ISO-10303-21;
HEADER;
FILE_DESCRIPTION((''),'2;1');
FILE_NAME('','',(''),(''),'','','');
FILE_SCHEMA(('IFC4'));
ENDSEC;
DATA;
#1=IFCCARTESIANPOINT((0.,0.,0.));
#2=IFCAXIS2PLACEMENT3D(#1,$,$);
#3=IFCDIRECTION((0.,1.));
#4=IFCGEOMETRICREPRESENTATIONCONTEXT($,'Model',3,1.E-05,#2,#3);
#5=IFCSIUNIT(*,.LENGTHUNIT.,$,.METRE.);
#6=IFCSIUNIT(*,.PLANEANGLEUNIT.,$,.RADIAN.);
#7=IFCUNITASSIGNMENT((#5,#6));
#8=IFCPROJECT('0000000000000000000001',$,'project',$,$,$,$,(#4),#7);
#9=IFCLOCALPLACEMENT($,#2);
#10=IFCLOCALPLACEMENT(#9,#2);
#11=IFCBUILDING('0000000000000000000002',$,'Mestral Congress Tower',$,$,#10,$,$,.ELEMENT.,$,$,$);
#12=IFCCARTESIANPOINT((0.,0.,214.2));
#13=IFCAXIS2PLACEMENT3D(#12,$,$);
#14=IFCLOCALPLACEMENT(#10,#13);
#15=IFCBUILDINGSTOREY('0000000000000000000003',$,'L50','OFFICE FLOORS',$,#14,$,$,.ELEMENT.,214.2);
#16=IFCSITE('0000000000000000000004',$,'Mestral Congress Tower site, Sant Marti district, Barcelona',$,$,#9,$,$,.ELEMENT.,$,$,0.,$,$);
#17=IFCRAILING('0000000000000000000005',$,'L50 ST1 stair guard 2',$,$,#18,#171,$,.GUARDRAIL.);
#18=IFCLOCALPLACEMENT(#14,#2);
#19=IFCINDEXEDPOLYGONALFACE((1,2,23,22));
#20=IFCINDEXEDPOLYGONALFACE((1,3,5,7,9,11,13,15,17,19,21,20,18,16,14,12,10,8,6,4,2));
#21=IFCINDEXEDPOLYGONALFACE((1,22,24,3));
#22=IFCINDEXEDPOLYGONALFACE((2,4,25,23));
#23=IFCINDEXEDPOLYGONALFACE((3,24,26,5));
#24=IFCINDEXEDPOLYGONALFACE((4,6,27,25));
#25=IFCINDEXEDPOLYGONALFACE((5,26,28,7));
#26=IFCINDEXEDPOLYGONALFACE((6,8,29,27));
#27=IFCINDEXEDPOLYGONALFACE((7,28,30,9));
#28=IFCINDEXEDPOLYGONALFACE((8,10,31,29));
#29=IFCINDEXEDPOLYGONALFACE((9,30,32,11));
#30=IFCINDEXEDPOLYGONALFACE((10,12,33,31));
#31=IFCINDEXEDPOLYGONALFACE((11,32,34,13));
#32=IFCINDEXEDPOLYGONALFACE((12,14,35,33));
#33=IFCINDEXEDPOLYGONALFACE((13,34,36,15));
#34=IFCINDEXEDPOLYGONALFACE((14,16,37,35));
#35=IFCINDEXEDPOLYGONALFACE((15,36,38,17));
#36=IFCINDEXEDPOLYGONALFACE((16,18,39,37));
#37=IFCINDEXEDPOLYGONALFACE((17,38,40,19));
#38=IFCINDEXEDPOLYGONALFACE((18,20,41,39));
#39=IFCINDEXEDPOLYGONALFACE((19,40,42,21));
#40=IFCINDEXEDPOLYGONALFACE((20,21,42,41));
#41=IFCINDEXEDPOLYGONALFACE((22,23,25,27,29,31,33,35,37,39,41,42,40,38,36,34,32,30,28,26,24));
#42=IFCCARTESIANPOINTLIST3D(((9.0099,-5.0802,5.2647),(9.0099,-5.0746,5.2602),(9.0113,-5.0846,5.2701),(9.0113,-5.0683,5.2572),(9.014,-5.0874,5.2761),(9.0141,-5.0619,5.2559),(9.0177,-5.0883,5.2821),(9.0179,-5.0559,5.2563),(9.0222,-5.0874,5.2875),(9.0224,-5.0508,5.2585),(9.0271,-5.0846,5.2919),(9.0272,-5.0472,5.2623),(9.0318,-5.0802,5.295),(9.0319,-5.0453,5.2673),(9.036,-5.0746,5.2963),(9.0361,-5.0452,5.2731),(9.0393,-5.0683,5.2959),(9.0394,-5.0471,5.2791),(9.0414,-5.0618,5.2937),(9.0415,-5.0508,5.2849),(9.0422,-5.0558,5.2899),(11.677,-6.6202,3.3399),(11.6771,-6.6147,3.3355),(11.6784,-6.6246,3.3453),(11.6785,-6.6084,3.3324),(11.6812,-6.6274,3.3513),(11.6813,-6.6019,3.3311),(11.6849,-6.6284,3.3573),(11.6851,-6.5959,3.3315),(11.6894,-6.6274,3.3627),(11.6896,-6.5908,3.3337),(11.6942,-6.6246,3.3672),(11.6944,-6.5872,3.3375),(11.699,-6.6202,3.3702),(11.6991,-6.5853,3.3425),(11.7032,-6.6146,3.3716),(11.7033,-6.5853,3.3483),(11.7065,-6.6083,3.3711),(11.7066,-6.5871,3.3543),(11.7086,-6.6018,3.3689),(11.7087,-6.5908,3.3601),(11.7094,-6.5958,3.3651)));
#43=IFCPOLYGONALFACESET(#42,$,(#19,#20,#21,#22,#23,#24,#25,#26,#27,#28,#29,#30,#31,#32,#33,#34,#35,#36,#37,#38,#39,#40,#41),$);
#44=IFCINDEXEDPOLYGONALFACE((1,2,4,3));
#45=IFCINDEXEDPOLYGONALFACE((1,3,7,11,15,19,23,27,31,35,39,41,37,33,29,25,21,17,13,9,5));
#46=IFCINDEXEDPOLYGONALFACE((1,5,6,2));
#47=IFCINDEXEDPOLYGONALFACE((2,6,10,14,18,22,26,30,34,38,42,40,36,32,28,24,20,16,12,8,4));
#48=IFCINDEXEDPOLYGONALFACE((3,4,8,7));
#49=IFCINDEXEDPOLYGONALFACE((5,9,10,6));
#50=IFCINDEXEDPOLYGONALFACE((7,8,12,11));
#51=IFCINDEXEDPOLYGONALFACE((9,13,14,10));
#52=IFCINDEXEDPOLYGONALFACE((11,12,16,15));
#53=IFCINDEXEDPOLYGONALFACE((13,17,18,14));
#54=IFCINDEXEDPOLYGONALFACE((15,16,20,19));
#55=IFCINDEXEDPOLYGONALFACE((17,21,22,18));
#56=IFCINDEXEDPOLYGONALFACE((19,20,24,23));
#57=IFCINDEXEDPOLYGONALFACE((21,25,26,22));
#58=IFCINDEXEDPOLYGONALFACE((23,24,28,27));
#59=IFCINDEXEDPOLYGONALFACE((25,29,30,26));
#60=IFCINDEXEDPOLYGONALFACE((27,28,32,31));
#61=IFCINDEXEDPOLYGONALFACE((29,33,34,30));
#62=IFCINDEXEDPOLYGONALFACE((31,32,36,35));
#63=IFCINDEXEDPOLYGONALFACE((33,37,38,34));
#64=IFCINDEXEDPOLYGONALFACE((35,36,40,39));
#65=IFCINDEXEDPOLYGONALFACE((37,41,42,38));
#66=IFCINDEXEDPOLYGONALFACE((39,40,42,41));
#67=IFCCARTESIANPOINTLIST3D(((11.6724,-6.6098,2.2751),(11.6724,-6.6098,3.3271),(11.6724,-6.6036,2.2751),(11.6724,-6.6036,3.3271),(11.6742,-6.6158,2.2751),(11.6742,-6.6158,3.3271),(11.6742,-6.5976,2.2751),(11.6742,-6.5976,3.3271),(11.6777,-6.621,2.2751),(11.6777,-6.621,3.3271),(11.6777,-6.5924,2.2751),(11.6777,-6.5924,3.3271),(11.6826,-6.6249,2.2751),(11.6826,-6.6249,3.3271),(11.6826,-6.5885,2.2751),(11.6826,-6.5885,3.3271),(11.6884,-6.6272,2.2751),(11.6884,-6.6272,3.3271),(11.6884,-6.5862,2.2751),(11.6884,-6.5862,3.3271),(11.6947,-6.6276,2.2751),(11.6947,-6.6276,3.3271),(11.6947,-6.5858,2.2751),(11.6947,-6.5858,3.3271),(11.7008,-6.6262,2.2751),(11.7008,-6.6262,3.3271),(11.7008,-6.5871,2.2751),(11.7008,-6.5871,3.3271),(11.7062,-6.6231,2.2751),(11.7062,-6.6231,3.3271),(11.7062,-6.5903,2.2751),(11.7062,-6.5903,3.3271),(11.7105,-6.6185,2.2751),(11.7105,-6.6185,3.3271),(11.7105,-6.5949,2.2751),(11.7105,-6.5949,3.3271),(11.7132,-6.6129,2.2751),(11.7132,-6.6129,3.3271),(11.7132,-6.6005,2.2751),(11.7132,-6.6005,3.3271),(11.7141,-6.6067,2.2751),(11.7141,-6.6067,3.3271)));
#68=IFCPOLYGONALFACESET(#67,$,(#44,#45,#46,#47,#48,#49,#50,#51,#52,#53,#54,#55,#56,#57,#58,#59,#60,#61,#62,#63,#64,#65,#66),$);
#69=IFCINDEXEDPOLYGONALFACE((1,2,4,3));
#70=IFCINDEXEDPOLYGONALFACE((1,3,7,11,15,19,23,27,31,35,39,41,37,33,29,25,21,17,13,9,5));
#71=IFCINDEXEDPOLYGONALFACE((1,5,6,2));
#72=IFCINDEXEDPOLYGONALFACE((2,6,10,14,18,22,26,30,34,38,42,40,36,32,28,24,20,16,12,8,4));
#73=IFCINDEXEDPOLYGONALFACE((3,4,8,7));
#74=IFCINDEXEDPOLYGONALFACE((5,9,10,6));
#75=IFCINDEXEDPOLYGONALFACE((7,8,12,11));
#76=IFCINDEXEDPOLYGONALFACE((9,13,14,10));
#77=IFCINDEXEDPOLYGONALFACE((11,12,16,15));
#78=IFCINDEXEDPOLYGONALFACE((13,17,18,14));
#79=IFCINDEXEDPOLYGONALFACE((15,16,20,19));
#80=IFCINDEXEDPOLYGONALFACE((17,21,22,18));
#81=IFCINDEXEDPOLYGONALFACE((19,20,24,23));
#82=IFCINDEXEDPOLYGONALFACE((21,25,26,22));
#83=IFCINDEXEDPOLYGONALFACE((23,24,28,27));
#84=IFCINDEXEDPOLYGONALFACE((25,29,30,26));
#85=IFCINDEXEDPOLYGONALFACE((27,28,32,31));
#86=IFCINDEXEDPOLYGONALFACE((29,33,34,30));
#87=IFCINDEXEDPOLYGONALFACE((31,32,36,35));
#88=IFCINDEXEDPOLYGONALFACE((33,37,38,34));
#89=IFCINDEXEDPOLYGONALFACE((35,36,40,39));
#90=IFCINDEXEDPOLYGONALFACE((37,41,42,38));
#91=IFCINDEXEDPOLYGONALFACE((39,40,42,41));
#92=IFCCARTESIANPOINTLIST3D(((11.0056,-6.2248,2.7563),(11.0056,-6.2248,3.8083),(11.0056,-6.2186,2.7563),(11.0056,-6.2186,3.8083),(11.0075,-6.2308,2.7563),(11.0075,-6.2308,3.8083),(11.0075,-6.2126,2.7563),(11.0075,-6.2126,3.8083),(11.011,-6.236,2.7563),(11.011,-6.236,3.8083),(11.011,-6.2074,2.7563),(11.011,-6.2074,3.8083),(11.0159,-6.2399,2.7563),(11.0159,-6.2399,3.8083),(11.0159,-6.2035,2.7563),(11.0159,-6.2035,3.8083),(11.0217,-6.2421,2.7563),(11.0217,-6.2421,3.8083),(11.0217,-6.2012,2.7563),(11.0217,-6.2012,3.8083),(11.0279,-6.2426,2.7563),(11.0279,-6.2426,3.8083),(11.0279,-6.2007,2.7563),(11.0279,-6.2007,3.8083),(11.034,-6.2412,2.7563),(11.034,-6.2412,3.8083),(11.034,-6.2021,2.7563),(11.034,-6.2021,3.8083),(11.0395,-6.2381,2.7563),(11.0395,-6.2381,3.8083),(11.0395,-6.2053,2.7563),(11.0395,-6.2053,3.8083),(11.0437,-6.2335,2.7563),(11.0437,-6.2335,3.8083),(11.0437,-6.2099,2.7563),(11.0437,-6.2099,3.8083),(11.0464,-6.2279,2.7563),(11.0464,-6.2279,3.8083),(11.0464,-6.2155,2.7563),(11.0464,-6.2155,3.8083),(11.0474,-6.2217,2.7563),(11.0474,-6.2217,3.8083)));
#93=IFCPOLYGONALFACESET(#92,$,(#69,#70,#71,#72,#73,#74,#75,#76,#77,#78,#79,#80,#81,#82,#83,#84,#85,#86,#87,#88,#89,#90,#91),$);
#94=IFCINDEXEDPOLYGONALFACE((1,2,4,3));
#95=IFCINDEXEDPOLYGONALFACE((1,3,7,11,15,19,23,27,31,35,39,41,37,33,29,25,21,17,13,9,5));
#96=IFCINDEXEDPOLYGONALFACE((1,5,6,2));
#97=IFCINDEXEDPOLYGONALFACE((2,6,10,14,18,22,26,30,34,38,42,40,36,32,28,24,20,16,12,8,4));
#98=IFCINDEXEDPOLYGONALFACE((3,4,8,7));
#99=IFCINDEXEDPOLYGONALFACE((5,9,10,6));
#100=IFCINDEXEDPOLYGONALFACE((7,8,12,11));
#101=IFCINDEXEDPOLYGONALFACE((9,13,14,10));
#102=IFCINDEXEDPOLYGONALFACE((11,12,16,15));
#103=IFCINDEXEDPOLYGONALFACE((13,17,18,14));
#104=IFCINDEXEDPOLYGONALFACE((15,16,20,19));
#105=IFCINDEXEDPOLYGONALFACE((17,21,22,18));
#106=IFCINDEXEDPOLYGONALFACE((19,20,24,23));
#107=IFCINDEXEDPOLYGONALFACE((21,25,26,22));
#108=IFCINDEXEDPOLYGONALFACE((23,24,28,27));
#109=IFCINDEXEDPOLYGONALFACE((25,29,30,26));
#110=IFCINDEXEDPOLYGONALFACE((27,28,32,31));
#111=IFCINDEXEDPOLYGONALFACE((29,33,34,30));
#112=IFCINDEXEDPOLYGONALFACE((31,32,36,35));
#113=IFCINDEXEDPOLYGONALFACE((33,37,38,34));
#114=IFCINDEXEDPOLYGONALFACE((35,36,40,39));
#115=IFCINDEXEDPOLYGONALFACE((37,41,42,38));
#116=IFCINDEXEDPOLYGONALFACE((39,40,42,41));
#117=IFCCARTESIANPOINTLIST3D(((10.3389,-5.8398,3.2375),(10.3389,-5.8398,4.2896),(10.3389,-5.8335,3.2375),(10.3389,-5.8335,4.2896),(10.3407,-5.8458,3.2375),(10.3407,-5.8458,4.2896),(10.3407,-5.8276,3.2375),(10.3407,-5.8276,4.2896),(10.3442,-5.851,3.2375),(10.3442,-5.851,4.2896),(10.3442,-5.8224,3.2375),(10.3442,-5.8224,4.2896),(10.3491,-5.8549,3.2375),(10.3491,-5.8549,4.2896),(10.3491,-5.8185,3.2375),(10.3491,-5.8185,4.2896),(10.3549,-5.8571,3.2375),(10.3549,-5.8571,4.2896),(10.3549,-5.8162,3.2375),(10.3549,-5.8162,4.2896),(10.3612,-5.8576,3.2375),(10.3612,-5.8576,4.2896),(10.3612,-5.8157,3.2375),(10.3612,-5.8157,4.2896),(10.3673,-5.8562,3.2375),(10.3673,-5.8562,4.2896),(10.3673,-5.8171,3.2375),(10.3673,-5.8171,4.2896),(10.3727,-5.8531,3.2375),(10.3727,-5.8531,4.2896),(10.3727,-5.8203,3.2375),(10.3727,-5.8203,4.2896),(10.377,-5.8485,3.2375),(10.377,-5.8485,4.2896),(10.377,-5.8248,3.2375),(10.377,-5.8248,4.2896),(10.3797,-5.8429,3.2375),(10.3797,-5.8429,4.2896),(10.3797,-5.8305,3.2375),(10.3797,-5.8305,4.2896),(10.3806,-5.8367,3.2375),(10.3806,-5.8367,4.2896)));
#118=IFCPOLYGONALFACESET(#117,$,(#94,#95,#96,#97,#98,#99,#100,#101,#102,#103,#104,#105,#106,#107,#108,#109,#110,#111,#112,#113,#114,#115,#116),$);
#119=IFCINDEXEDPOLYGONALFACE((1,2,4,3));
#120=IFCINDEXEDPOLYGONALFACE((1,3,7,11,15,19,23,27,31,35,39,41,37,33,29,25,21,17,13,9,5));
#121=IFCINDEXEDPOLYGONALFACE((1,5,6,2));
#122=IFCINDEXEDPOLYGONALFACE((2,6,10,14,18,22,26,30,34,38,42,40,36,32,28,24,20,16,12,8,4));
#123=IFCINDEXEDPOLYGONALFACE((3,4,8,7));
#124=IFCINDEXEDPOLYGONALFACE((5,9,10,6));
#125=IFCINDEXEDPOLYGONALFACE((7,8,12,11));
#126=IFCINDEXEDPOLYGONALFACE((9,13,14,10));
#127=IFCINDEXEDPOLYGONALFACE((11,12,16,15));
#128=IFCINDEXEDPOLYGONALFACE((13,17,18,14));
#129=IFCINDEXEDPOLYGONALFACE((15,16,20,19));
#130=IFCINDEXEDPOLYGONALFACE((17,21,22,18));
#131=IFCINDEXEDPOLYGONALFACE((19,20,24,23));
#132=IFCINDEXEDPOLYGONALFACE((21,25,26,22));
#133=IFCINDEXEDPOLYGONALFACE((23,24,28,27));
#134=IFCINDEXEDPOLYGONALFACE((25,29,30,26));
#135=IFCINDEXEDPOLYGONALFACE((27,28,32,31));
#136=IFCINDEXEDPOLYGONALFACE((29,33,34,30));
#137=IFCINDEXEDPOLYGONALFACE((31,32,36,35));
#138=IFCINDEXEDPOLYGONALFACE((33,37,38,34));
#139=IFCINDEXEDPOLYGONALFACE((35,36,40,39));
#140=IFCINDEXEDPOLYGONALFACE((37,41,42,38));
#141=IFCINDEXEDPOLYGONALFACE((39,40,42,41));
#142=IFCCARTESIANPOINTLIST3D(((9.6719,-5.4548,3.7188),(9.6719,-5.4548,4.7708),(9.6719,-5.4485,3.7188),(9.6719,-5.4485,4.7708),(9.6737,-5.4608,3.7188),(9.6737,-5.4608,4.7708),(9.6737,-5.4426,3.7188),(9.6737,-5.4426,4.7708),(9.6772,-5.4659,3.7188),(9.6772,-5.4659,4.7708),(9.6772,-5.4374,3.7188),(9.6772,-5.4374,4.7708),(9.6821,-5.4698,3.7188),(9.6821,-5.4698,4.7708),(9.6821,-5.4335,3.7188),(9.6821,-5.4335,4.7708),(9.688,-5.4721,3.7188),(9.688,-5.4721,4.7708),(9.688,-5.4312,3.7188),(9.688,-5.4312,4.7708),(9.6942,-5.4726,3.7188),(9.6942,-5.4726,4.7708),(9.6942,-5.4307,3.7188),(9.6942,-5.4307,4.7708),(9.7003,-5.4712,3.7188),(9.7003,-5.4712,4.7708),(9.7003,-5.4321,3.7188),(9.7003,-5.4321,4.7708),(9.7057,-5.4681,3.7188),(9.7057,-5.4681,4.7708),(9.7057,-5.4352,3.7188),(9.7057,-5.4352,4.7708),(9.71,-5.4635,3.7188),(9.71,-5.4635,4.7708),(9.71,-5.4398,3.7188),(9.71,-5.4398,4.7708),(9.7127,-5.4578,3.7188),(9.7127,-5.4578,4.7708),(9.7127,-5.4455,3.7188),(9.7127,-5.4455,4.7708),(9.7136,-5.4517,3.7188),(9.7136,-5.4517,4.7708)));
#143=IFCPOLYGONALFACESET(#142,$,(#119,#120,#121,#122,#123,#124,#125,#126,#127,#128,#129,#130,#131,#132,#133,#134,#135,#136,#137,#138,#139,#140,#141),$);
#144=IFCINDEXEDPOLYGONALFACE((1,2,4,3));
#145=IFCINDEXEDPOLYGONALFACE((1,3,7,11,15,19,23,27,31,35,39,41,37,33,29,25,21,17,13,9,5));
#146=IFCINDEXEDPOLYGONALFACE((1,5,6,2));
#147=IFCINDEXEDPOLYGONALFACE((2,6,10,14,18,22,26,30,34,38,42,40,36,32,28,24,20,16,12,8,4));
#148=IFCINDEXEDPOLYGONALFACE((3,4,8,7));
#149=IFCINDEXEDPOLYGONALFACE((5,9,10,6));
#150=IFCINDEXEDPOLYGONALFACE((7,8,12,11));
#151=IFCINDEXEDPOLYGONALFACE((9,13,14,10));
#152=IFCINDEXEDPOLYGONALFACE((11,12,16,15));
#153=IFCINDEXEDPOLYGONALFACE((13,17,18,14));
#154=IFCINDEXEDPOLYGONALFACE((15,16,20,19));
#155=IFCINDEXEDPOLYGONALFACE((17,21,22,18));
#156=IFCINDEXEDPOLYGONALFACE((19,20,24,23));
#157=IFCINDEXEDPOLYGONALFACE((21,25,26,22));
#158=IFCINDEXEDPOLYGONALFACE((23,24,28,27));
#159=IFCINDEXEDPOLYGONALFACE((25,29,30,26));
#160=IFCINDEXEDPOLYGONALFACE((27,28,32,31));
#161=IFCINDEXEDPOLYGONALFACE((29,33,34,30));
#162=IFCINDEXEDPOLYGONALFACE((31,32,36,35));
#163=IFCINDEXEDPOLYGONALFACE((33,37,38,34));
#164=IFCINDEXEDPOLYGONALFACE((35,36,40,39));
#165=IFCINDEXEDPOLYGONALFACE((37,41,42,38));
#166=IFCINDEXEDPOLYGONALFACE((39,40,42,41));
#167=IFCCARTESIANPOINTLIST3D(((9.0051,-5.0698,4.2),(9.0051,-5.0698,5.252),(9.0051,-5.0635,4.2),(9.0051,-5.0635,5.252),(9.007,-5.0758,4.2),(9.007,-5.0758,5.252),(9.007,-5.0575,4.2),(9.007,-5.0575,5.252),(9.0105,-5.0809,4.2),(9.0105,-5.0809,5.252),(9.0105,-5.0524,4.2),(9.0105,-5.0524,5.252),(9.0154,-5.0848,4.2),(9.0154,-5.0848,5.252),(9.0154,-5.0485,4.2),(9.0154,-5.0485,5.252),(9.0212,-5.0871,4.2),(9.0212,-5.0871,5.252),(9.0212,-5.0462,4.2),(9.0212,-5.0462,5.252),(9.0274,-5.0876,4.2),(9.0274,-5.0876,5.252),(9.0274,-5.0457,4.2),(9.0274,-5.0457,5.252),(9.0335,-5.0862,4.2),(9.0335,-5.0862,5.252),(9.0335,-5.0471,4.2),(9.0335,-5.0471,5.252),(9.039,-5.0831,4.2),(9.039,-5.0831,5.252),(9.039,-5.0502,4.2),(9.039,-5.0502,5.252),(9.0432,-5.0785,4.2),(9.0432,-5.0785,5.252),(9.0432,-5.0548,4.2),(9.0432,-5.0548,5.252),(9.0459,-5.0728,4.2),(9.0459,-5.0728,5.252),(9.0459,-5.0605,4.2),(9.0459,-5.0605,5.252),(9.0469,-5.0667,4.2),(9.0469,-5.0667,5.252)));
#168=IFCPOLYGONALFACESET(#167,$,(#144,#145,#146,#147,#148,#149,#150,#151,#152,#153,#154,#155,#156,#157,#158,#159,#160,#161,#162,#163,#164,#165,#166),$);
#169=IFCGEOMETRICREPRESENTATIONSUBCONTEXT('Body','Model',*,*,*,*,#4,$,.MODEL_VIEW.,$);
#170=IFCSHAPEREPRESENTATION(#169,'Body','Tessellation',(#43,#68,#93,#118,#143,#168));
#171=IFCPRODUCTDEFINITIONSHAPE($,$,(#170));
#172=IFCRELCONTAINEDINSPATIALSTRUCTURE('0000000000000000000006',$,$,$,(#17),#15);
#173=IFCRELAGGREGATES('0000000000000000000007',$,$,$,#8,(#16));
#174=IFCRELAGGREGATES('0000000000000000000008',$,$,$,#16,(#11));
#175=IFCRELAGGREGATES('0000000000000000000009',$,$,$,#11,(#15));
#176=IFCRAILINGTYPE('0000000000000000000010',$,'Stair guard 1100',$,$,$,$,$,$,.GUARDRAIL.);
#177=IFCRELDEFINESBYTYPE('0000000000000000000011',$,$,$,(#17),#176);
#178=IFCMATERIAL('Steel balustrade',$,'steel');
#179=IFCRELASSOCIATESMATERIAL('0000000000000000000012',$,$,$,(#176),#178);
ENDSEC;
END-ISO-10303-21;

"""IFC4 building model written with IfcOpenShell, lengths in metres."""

from ifc_helpers import new_model, si_unit, direction, frame, origin, origin_2d, place, context, subcontext, project, spatial, circle, extrude, material, type_object, element, save


model = new_model("IFC4")

# Units and contexts
model_context = context("Model", 3, precision=1e-05, world=origin(), true_north=direction((0.0, 1.0)))
body_context = subcontext(model_context, "Body", "Model", "MODEL_VIEW")
ifc_project = project(units=[si_unit("LENGTHUNIT", "METRE"), si_unit("PLANEANGLEUNIT", "RADIAN")], contexts=[model_context])

# Site, building, storey
site_placement = place(None, origin())
site = spatial("IfcSite", under=ifc_project, at=site_placement, Name="Mestral Congress Tower site, Sant Marti district, Barcelona", CompositionType="ELEMENT", RefElevation=0.0)
building_placement = place(site_placement, origin())
building = spatial("IfcBuilding", under=site, at=building_placement, Name="Mestral Congress Tower", CompositionType="ELEMENT")
storey_placement = place(building_placement, frame((0.0, 0.0, 214.2)))
storey = spatial("IfcBuildingStorey", under=building, at=storey_placement, Name="L50", Description="OFFICE FLOORS", CompositionType="ELEMENT", Elevation=214.2)

# Railing
ifc_material_1 = material(Name="Steel balustrade", Category="steel")
railing_type_1 = type_object("IfcRailingType", Name="Stair guard 1100", PredefinedType="GUARDRAIL", material=ifc_material_1)
railing_1_placement = place(storey_placement, frame((11.6931, -6.6067, 2.2751)))
element("IfcRailing", 1, at=railing_1_placement, inside=storey, type_object=railing_type_1, Name="L50 ST1 stair guard 2", PredefinedType="GUARDRAIL", context=body_context, shape_type="SweptSolid", body=[
    extrude(circle(Radius=0.0239, at=origin_2d()), frame((0.0, 0.0, 1.0762), z_axis=(-0.73439, 0.424031, 0.529971), x_axis=(-0.500027, -0.86601, 0.0)), (0.0, 0.0, 1.0), 3.6318),
    extrude(circle(Radius=0.021, at=origin_2d()), origin(), (0.0, 0.0, 1.0), 1.052),
    extrude(circle(Radius=0.021, at=origin_2d()), frame((-0.6667, 0.385, 0.4812)), (0.0, 0.0, 1.0), 1.052),
    extrude(circle(Radius=0.021, at=origin_2d()), frame((-1.3335, 0.77, 0.9624)), (0.0, 0.0, 1.0), 1.052),
    extrude(circle(Radius=0.021, at=origin_2d()), frame((-2.0005, 1.155, 1.4436)), (0.0, 0.0, 1.0), 1.052),
    extrude(circle(Radius=0.021, at=origin_2d()), frame((-2.6672, 1.54, 1.9248)), (0.0, 0.0, 1.0), 1.052),
])

save(model, "model.ifc")
